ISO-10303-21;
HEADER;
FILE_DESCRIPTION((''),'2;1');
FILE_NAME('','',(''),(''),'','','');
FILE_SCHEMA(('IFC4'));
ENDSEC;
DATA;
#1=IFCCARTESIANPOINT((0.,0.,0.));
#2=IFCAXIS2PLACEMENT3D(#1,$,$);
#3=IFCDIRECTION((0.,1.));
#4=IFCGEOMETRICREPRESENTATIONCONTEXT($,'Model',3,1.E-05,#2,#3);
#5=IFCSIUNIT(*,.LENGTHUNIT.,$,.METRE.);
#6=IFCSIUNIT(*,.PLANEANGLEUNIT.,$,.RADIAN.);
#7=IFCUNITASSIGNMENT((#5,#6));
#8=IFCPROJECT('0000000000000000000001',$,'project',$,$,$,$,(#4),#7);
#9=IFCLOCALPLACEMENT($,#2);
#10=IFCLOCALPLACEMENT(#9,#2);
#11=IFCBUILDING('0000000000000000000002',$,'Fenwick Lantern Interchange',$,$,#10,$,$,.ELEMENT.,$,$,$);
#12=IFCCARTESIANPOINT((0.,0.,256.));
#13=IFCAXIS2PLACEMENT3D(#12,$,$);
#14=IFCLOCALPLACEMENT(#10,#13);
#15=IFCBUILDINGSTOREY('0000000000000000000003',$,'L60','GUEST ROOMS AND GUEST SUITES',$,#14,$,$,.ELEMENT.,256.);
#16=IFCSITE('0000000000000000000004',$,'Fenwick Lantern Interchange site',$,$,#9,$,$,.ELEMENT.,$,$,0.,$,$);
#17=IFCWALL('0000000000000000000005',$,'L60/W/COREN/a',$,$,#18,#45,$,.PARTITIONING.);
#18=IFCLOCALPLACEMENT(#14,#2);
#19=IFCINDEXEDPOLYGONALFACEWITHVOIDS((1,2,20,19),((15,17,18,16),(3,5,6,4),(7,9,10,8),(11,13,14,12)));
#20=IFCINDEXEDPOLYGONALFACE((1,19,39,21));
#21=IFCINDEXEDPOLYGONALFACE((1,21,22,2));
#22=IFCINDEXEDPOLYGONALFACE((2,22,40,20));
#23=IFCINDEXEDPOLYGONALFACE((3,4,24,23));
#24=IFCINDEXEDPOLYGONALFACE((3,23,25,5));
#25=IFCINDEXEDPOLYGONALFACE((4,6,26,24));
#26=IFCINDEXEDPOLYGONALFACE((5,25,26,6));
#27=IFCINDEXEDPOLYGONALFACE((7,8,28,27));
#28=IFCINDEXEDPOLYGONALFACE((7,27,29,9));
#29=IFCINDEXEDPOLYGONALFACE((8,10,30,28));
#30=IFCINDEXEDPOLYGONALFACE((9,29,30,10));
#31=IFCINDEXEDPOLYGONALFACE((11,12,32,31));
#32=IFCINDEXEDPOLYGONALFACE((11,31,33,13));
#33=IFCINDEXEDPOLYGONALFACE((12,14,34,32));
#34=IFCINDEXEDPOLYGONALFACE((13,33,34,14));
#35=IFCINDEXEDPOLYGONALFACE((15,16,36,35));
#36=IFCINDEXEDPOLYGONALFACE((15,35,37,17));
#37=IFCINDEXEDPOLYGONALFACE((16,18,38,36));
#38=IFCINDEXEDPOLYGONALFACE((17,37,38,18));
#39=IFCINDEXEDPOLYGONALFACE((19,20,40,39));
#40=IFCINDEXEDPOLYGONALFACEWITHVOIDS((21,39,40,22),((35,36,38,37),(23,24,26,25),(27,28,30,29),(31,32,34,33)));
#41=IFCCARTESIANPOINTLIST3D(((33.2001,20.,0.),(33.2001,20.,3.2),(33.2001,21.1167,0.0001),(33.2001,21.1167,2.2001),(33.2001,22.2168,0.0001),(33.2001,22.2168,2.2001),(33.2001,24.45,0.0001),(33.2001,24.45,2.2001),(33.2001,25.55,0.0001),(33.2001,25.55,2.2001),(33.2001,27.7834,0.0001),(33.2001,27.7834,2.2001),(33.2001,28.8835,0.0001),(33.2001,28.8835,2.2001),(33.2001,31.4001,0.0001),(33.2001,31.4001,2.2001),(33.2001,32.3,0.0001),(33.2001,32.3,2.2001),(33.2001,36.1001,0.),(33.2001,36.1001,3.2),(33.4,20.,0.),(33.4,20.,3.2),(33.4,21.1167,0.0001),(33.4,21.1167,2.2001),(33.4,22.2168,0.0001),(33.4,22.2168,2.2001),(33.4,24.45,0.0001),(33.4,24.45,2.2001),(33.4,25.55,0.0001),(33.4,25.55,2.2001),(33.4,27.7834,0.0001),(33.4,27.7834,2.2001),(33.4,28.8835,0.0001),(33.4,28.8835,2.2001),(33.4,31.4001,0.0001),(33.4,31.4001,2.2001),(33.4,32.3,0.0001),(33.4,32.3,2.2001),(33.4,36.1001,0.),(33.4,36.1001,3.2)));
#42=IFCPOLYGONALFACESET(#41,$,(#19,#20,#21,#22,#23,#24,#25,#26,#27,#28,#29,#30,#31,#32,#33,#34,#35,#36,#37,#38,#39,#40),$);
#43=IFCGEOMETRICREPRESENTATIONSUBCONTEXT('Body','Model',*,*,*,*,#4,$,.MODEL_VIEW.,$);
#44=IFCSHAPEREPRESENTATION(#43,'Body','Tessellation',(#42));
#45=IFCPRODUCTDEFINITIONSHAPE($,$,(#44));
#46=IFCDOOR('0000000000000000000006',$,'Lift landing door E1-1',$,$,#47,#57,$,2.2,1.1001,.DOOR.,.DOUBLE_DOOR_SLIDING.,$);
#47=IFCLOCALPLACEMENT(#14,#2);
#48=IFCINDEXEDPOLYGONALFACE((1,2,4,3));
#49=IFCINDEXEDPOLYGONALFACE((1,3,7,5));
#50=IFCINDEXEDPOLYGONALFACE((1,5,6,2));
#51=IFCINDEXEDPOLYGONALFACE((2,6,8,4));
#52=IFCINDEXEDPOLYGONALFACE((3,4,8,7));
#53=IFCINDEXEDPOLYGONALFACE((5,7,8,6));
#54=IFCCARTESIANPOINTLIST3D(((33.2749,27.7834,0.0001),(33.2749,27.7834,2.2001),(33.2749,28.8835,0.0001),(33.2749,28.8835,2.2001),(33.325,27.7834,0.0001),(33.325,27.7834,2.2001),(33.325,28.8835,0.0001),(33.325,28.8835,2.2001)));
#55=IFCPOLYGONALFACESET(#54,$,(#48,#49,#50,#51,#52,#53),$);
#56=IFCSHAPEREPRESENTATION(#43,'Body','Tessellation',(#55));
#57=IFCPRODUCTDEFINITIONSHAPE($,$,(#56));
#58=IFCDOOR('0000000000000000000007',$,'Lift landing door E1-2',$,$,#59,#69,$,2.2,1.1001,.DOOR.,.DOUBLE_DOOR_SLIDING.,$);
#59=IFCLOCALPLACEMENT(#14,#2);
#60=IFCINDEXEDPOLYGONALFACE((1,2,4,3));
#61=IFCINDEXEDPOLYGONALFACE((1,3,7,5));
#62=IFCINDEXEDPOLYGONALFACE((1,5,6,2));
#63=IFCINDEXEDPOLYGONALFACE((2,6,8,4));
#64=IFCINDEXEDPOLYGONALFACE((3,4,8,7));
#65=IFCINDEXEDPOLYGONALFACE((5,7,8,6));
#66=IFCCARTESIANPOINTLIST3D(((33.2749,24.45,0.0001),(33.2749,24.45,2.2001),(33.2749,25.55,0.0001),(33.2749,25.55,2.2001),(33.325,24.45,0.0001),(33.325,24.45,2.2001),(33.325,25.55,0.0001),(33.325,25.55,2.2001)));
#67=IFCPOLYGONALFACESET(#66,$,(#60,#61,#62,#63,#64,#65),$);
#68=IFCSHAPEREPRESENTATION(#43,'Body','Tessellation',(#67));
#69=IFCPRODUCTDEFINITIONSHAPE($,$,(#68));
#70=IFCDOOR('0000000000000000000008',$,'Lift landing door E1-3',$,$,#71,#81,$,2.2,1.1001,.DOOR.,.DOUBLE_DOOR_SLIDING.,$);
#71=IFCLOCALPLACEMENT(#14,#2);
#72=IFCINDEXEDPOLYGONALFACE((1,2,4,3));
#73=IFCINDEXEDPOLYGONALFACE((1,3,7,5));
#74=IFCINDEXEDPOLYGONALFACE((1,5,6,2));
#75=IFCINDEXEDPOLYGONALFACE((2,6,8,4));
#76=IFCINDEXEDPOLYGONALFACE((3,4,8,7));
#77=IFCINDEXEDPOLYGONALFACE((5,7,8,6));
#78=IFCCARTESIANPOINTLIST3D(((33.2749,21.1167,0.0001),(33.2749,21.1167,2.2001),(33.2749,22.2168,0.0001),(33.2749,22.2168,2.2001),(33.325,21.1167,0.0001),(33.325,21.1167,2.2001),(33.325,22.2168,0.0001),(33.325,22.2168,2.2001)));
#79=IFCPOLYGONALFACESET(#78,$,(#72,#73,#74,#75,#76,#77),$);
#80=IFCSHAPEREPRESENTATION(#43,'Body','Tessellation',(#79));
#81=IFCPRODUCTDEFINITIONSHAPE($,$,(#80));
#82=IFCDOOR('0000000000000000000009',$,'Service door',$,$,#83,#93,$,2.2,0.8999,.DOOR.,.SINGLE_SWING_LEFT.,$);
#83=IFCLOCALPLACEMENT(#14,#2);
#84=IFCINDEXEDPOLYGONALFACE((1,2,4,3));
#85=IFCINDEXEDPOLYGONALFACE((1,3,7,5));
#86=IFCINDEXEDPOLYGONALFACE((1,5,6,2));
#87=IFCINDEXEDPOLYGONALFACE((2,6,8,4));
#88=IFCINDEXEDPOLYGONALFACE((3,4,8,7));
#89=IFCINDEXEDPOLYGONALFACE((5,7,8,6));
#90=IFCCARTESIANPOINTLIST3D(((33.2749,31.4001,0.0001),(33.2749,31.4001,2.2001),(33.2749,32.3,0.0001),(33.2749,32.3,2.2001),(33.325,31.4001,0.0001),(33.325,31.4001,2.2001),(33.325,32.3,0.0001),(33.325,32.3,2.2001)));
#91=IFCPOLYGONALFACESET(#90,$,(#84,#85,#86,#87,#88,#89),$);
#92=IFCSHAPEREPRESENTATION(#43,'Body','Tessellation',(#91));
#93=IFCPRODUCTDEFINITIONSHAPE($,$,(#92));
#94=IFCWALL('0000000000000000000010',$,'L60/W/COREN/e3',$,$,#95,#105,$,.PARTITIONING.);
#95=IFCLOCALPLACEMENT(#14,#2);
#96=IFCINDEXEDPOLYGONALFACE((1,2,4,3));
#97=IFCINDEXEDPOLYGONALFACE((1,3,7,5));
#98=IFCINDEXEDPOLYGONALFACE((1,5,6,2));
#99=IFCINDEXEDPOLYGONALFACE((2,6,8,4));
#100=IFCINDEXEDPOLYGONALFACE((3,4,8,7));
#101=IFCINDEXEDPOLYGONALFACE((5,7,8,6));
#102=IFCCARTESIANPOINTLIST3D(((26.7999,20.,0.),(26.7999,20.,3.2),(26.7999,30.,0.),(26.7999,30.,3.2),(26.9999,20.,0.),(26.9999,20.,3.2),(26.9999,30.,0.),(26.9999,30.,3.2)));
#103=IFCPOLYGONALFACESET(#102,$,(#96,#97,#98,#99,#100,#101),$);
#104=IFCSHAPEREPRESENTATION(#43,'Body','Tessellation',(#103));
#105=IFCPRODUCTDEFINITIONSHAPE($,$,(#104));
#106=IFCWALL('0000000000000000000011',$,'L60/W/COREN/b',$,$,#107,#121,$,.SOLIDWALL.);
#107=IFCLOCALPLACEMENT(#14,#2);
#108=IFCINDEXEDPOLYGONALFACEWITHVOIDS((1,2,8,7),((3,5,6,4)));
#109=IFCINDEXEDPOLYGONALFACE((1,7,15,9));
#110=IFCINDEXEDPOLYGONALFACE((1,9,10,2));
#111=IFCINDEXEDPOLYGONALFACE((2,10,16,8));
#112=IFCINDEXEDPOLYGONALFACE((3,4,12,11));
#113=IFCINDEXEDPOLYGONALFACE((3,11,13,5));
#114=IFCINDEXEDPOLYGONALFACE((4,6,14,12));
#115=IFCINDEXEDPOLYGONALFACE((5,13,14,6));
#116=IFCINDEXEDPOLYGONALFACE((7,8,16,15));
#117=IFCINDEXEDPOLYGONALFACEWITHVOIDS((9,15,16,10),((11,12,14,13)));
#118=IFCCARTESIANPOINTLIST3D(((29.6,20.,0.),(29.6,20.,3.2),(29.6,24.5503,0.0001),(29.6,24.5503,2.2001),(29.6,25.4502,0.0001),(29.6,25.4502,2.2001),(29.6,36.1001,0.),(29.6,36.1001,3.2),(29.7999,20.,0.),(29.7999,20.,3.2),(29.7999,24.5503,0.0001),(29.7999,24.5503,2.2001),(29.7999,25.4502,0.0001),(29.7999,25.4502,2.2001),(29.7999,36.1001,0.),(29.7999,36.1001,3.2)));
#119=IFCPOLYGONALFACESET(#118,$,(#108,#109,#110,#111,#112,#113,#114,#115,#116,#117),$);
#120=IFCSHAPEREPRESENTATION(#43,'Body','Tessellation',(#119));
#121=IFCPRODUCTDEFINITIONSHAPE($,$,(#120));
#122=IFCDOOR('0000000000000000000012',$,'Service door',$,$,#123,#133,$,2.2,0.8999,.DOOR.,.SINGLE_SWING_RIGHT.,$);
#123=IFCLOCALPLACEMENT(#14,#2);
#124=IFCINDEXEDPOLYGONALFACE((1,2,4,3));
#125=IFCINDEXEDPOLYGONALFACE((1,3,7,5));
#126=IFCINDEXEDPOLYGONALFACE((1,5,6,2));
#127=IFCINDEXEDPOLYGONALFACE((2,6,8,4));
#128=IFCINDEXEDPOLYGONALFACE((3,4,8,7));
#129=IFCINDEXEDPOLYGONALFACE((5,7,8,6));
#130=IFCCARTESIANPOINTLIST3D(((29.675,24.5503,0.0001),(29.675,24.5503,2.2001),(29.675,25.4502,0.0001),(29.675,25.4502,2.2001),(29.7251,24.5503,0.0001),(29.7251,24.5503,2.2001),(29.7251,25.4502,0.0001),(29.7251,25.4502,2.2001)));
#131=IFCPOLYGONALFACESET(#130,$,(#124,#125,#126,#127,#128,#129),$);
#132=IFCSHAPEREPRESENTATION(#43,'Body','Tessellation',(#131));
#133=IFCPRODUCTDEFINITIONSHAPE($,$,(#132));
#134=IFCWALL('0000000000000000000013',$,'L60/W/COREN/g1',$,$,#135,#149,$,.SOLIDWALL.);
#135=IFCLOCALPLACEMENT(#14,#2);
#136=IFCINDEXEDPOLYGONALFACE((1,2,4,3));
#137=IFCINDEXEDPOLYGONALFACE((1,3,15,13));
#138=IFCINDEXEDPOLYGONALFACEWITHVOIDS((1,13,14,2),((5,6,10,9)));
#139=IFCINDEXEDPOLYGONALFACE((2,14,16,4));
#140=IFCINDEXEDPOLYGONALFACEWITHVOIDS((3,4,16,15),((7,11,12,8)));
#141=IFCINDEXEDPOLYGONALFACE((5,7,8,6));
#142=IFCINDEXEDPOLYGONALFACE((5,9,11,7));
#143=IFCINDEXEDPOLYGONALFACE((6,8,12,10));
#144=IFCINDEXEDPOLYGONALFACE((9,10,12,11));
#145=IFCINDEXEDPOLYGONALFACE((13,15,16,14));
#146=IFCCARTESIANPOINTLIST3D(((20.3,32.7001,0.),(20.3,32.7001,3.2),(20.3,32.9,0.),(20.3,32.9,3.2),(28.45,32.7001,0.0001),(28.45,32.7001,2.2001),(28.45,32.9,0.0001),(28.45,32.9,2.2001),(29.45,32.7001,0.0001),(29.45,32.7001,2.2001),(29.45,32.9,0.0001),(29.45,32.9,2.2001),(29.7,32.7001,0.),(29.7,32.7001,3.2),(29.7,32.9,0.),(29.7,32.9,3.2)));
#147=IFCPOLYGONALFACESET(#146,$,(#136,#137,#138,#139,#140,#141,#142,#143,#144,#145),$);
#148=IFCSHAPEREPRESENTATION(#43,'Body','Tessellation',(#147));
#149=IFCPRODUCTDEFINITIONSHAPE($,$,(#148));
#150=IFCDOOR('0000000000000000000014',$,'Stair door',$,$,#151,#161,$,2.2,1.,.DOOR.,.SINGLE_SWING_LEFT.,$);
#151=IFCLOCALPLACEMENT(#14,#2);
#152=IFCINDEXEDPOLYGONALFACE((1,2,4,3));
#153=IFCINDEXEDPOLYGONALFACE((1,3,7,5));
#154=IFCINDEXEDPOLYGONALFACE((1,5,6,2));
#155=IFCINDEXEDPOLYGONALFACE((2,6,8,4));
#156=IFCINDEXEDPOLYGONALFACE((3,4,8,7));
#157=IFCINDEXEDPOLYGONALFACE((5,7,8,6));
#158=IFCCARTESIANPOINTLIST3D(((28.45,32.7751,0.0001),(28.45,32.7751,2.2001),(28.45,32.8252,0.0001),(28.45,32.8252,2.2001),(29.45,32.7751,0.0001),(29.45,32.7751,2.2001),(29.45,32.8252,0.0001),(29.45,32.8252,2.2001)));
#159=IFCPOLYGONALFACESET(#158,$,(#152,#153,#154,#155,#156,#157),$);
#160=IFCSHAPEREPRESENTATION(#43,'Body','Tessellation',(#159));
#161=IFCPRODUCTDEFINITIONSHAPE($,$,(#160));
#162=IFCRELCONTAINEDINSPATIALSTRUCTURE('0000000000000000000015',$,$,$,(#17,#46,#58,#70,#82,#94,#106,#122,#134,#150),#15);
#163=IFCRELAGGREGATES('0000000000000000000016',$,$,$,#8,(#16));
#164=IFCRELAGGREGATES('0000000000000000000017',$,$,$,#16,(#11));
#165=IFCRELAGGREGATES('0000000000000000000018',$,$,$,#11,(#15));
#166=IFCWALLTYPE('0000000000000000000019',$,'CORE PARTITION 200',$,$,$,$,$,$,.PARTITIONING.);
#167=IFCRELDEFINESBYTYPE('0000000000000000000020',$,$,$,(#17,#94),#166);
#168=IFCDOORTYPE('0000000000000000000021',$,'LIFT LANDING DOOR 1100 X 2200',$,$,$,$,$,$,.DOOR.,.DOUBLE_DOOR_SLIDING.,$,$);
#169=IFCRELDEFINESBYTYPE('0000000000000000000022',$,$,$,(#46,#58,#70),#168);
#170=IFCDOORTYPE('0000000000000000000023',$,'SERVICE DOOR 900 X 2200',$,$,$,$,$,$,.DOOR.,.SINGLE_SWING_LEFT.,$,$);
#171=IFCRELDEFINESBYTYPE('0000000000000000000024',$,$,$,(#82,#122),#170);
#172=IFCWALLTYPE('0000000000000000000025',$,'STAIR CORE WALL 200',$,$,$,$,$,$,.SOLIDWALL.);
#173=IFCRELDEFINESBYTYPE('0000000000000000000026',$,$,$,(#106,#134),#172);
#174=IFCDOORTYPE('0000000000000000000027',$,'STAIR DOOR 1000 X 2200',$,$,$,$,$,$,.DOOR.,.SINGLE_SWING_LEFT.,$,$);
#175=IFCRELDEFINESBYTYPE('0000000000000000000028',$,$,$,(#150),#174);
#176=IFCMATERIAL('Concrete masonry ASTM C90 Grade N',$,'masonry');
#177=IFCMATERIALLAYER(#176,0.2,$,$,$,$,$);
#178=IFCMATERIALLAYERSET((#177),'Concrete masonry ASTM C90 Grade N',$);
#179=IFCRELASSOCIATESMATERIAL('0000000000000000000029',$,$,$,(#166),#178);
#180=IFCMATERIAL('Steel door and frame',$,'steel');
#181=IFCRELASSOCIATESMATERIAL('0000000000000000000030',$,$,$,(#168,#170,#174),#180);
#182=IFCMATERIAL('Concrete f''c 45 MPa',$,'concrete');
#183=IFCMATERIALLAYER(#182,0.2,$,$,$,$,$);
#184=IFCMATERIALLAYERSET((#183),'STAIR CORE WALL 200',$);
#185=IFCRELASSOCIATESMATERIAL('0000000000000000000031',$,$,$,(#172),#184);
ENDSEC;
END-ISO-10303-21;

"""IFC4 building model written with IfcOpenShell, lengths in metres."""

from ifc_helpers import new_model, si_unit, direction, frame, frame_2d, origin, place, context, subcontext, project, spatial, rectangle, extrude, material, layer, layer_set, type_object, element, fill, save


model = new_model("IFC4")

# Units and contexts
model_context = context("Model", 3, precision=1e-05, world=origin(), true_north=direction((0.0, 1.0)))
body_context = subcontext(model_context, "Body", "Model", "MODEL_VIEW")
ifc_project = project(units=[si_unit("LENGTHUNIT", "METRE"), si_unit("PLANEANGLEUNIT", "RADIAN")], contexts=[model_context])

# Site, building, storey
site_placement = place(None, origin())
site = spatial("IfcSite", under=ifc_project, at=site_placement, Name="Fenwick Lantern Interchange site", CompositionType="ELEMENT", RefElevation=0.0)
building_placement = place(site_placement, origin())
building = spatial("IfcBuilding", under=site, at=building_placement, Name="Fenwick Lantern Interchange", CompositionType="ELEMENT")
storey_placement = place(building_placement, frame((0.0, 0.0, 256.0)))
storey = spatial("IfcBuildingStorey", under=building, at=storey_placement, Name="L60", Description="GUEST ROOMS AND GUEST SUITES", CompositionType="ELEMENT", Elevation=256.0)

# Wall, openings, doors
ifc_material_1 = material(Name="Concrete masonry ASTM C90 Grade N", Category="masonry")
ifc_layer_1 = layer(ifc_material_1, 0.2)
ifc_layer_set_1 = layer_set([ifc_layer_1], Name="Concrete masonry ASTM C90 Grade N")
wall_type_1 = type_object("IfcWallType", Name="CORE PARTITION 200", PredefinedType="PARTITIONING", material=ifc_layer_set_1)
wall_1_placement = place(storey_placement, frame((33.3, 36.1001, 0.0), z_axis=(0.0, 0.0, 1.0), x_axis=(0.0, -1.0, 0.0)))
wall_1 = element("IfcWall", 1, at=wall_1_placement, inside=storey, type_object=wall_type_1, Name="L60/W/COREN/a", PredefinedType="PARTITIONING", context=body_context, shape_type="SweptSolid", body=[
    extrude(rectangle(XDim=16.1001, YDim=0.2, at=frame_2d((8.05, 0.0))), origin(), (0.0, 0.0, 1.0), 3.2),
])
opening_1_placement = place(wall_1_placement, frame((3.8, 0.0, 0.0)))
opening_1 = element("IfcOpeningElement", 2, at=opening_1_placement, cuts=wall_1, PredefinedType="OPENING", context=body_context, shape_type="SweptSolid", body=[
    extrude(rectangle(XDim=0.8999, YDim=2.2, at=frame_2d((0.45, 1.1001))), frame((0.0, 0.1099, 0.0), z_axis=(0.0, -1.0, 0.0), x_axis=(1.0, 0.0, 0.0)), (0.0, 0.0, 1.0), 0.22),
])
opening_2_placement = place(wall_1_placement, frame((7.2166, 0.0, 0.0)))
opening_2 = element("IfcOpeningElement", 3, at=opening_2_placement, cuts=wall_1, PredefinedType="OPENING", context=body_context, shape_type="SweptSolid", body=[
    extrude(rectangle(XDim=1.1001, YDim=2.2, at=frame_2d((0.55, 1.1001))), frame((0.0, 0.1099, 0.0), z_axis=(0.0, -1.0, 0.0), x_axis=(1.0, 0.0, 0.0)), (0.0, 0.0, 1.0), 0.22),
])
opening_3_placement = place(wall_1_placement, frame((10.55, 0.0, 0.0)))
opening_3 = element("IfcOpeningElement", 4, at=opening_3_placement, cuts=wall_1, PredefinedType="OPENING", context=body_context, shape_type="SweptSolid", body=[
    extrude(rectangle(XDim=1.1001, YDim=2.2, at=frame_2d((0.55, 1.1001))), frame((0.0, 0.1099, 0.0), z_axis=(0.0, -1.0, 0.0), x_axis=(1.0, 0.0, 0.0)), (0.0, 0.0, 1.0), 0.22),
])
opening_4_placement = place(wall_1_placement, frame((13.8833, 0.0, 0.0)))
opening_4 = element("IfcOpeningElement", 5, at=opening_4_placement, cuts=wall_1, PredefinedType="OPENING", context=body_context, shape_type="SweptSolid", body=[
    extrude(rectangle(XDim=1.1001, YDim=2.2, at=frame_2d((0.55, 1.1001))), frame((0.0, 0.1099, 0.0), z_axis=(0.0, -1.0, 0.0), x_axis=(1.0, 0.0, 0.0)), (0.0, 0.0, 1.0), 0.22),
])
ifc_material_2 = material(Name="Steel door and frame", Category="steel")
door_type_1 = type_object("IfcDoorType", Name="LIFT LANDING DOOR 1100 X 2200", OperationType="DOUBLE_DOOR_SLIDING", PredefinedType="DOOR", material=ifc_material_2)
door_1_placement = place(opening_2_placement, origin())
door_1 = element("IfcDoor", 6, at=door_1_placement, inside=storey, type_object=door_type_1, Name="Lift landing door E1-1", OperationType="DOUBLE_DOOR_SLIDING", OverallHeight=2.2, OverallWidth=1.1001, PredefinedType="DOOR", context=body_context, shape_type="SweptSolid", body=[
    extrude(rectangle(XDim=1.1001, YDim=2.2, at=frame_2d((0.55, 1.1001))), frame((0.0, 0.0249, 0.0), z_axis=(0.0, -1.0, 0.0), x_axis=(1.0, 0.0, 0.0)), (0.0, 0.0, 1.0), 0.05),
])
fill(opening_2, door_1)
door_2_placement = place(opening_3_placement, origin())
door_2 = element("IfcDoor", 7, at=door_2_placement, inside=storey, type_object=door_type_1, Name="Lift landing door E1-2", OperationType="DOUBLE_DOOR_SLIDING", OverallHeight=2.2, OverallWidth=1.1001, PredefinedType="DOOR", context=body_context, shape_type="SweptSolid", body=[
    extrude(rectangle(XDim=1.1001, YDim=2.2, at=frame_2d((0.55, 1.1001))), frame((0.0, 0.0249, 0.0), z_axis=(0.0, -1.0, 0.0), x_axis=(1.0, 0.0, 0.0)), (0.0, 0.0, 1.0), 0.05),
])
fill(opening_3, door_2)
door_3_placement = place(opening_4_placement, origin())
door_3 = element("IfcDoor", 8, at=door_3_placement, inside=storey, type_object=door_type_1, Name="Lift landing door E1-3", OperationType="DOUBLE_DOOR_SLIDING", OverallHeight=2.2, OverallWidth=1.1001, PredefinedType="DOOR", context=body_context, shape_type="SweptSolid", body=[
    extrude(rectangle(XDim=1.1001, YDim=2.2, at=frame_2d((0.55, 1.1001))), frame((0.0, 0.0249, 0.0), z_axis=(0.0, -1.0, 0.0), x_axis=(1.0, 0.0, 0.0)), (0.0, 0.0, 1.0), 0.05),
])
fill(opening_4, door_3)
door_type_2 = type_object("IfcDoorType", Name="SERVICE DOOR 900 X 2200", OperationType="SINGLE_SWING_LEFT", PredefinedType="DOOR", material=ifc_material_2)
door_4_placement = place(opening_1_placement, origin())
door_4 = element("IfcDoor", 9, at=door_4_placement, inside=storey, type_object=door_type_2, Name="Service door", OperationType="SINGLE_SWING_LEFT", OverallHeight=2.2, OverallWidth=0.8999, PredefinedType="DOOR", context=body_context, shape_type="SweptSolid", body=[
    extrude(rectangle(XDim=0.8999, YDim=2.2, at=frame_2d((0.45, 1.1001))), frame((0.0, 0.0249, 0.0), z_axis=(0.0, -1.0, 0.0), x_axis=(1.0, 0.0, 0.0)), (0.0, 0.0, 1.0), 0.05),
])
fill(opening_1, door_4)

# Wall
wall_2_placement = place(storey_placement, frame((26.8999, 30.0, 0.0), z_axis=(0.0, 0.0, 1.0), x_axis=(0.0, -1.0, 0.0)))
element("IfcWall", 10, at=wall_2_placement, inside=storey, type_object=wall_type_1, Name="L60/W/COREN/e3", PredefinedType="PARTITIONING", context=body_context, shape_type="SweptSolid", body=[
    extrude(rectangle(XDim=10.0, YDim=0.2, at=frame_2d((5.0, 0.0))), origin(), (0.0, 0.0, 1.0), 3.2),
])

# Walls, openings, doors
ifc_material_3 = material(Name="Concrete f'c 45 MPa", Category="concrete")
ifc_layer_2 = layer(ifc_material_3, 0.2)
ifc_layer_set_2 = layer_set([ifc_layer_2], Name="STAIR CORE WALL 200")
wall_type_2 = type_object("IfcWallType", Name="STAIR CORE WALL 200", PredefinedType="SOLIDWALL", material=ifc_layer_set_2)
wall_3_placement = place(storey_placement, frame((29.7, 36.1001, 0.0), z_axis=(0.0, 0.0, 1.0), x_axis=(0.0, -1.0, 0.0)))
wall_3 = element("IfcWall", 11, at=wall_3_placement, inside=storey, type_object=wall_type_2, Name="L60/W/COREN/b", PredefinedType="SOLIDWALL", context=body_context, shape_type="SweptSolid", body=[
    extrude(rectangle(XDim=16.1001, YDim=0.2, at=frame_2d((8.05, 0.0))), origin(), (0.0, 0.0, 1.0), 3.2),
])
opening_5_placement = place(wall_3_placement, frame((10.6499, 0.0, 0.0)))
opening_5 = element("IfcOpeningElement", 12, at=opening_5_placement, cuts=wall_3, PredefinedType="OPENING", context=body_context, shape_type="SweptSolid", body=[
    extrude(rectangle(XDim=0.8999, YDim=2.2, at=frame_2d((0.45, 1.1001))), frame((0.0, 0.1099, 0.0), z_axis=(0.0, -1.0, 0.0), x_axis=(1.0, 0.0, 0.0)), (0.0, 0.0, 1.0), 0.22),
])
door_5_placement = place(opening_5_placement, frame((0.8999, 0.0, 0.0), z_axis=(0.0, 0.0, 1.0), x_axis=(-1.0, 0.0, 0.0)))
door_5 = element("IfcDoor", 13, at=door_5_placement, inside=storey, type_object=door_type_2, Name="Service door", OperationType="SINGLE_SWING_RIGHT", OverallHeight=2.2, OverallWidth=0.8999, PredefinedType="DOOR", context=body_context, shape_type="SweptSolid", body=[
    extrude(rectangle(XDim=0.8999, YDim=2.2, at=frame_2d((0.45, 1.1001))), frame((0.0, 0.0249, 0.0), z_axis=(0.0, -1.0, 0.0), x_axis=(1.0, 0.0, 0.0)), (0.0, 0.0, 1.0), 0.05),
])
fill(opening_5, door_5)
wall_4_placement = place(storey_placement, frame((29.7, 32.8, 0.0), z_axis=(0.0, 0.0, 1.0), x_axis=(-1.0, 0.0, 0.0)))
wall_4 = element("IfcWall", 14, at=wall_4_placement, inside=storey, type_object=wall_type_2, Name="L60/W/COREN/g1", PredefinedType="SOLIDWALL", context=body_context, shape_type="SweptSolid", body=[
    extrude(rectangle(XDim=9.3999, YDim=0.2, at=frame_2d((4.7, 0.0))), origin(), (0.0, 0.0, 1.0), 3.2),
])
opening_6_placement = place(wall_4_placement, frame((0.25, 0.0, 0.0)))
opening_6 = element("IfcOpeningElement", 15, at=opening_6_placement, cuts=wall_4, PredefinedType="OPENING", context=body_context, shape_type="SweptSolid", body=[
    extrude(rectangle(XDim=1.0, YDim=2.2, at=frame_2d((0.5, 1.1001))), frame((0.0, 0.1099, 0.0), z_axis=(0.0, -1.0, 0.0), x_axis=(1.0, 0.0, 0.0)), (0.0, 0.0, 1.0), 0.22),
])
door_type_3 = type_object("IfcDoorType", Name="STAIR DOOR 1000 X 2200", OperationType="SINGLE_SWING_LEFT", PredefinedType="DOOR", material=ifc_material_2)
door_6_placement = place(opening_6_placement, origin())
door_6 = element("IfcDoor", 16, at=door_6_placement, inside=storey, type_object=door_type_3, Name="Stair door", OperationType="SINGLE_SWING_LEFT", OverallHeight=2.2, OverallWidth=1.0, PredefinedType="DOOR", context=body_context, shape_type="SweptSolid", body=[
    extrude(rectangle(XDim=1.0, YDim=2.2, at=frame_2d((0.5, 1.1001))), frame((0.0, 0.0249, 0.0), z_axis=(0.0, -1.0, 0.0), x_axis=(1.0, 0.0, 0.0)), (0.0, 0.0, 1.0), 0.05),
])
fill(opening_6, door_6)

save(model, "model.ifc")
